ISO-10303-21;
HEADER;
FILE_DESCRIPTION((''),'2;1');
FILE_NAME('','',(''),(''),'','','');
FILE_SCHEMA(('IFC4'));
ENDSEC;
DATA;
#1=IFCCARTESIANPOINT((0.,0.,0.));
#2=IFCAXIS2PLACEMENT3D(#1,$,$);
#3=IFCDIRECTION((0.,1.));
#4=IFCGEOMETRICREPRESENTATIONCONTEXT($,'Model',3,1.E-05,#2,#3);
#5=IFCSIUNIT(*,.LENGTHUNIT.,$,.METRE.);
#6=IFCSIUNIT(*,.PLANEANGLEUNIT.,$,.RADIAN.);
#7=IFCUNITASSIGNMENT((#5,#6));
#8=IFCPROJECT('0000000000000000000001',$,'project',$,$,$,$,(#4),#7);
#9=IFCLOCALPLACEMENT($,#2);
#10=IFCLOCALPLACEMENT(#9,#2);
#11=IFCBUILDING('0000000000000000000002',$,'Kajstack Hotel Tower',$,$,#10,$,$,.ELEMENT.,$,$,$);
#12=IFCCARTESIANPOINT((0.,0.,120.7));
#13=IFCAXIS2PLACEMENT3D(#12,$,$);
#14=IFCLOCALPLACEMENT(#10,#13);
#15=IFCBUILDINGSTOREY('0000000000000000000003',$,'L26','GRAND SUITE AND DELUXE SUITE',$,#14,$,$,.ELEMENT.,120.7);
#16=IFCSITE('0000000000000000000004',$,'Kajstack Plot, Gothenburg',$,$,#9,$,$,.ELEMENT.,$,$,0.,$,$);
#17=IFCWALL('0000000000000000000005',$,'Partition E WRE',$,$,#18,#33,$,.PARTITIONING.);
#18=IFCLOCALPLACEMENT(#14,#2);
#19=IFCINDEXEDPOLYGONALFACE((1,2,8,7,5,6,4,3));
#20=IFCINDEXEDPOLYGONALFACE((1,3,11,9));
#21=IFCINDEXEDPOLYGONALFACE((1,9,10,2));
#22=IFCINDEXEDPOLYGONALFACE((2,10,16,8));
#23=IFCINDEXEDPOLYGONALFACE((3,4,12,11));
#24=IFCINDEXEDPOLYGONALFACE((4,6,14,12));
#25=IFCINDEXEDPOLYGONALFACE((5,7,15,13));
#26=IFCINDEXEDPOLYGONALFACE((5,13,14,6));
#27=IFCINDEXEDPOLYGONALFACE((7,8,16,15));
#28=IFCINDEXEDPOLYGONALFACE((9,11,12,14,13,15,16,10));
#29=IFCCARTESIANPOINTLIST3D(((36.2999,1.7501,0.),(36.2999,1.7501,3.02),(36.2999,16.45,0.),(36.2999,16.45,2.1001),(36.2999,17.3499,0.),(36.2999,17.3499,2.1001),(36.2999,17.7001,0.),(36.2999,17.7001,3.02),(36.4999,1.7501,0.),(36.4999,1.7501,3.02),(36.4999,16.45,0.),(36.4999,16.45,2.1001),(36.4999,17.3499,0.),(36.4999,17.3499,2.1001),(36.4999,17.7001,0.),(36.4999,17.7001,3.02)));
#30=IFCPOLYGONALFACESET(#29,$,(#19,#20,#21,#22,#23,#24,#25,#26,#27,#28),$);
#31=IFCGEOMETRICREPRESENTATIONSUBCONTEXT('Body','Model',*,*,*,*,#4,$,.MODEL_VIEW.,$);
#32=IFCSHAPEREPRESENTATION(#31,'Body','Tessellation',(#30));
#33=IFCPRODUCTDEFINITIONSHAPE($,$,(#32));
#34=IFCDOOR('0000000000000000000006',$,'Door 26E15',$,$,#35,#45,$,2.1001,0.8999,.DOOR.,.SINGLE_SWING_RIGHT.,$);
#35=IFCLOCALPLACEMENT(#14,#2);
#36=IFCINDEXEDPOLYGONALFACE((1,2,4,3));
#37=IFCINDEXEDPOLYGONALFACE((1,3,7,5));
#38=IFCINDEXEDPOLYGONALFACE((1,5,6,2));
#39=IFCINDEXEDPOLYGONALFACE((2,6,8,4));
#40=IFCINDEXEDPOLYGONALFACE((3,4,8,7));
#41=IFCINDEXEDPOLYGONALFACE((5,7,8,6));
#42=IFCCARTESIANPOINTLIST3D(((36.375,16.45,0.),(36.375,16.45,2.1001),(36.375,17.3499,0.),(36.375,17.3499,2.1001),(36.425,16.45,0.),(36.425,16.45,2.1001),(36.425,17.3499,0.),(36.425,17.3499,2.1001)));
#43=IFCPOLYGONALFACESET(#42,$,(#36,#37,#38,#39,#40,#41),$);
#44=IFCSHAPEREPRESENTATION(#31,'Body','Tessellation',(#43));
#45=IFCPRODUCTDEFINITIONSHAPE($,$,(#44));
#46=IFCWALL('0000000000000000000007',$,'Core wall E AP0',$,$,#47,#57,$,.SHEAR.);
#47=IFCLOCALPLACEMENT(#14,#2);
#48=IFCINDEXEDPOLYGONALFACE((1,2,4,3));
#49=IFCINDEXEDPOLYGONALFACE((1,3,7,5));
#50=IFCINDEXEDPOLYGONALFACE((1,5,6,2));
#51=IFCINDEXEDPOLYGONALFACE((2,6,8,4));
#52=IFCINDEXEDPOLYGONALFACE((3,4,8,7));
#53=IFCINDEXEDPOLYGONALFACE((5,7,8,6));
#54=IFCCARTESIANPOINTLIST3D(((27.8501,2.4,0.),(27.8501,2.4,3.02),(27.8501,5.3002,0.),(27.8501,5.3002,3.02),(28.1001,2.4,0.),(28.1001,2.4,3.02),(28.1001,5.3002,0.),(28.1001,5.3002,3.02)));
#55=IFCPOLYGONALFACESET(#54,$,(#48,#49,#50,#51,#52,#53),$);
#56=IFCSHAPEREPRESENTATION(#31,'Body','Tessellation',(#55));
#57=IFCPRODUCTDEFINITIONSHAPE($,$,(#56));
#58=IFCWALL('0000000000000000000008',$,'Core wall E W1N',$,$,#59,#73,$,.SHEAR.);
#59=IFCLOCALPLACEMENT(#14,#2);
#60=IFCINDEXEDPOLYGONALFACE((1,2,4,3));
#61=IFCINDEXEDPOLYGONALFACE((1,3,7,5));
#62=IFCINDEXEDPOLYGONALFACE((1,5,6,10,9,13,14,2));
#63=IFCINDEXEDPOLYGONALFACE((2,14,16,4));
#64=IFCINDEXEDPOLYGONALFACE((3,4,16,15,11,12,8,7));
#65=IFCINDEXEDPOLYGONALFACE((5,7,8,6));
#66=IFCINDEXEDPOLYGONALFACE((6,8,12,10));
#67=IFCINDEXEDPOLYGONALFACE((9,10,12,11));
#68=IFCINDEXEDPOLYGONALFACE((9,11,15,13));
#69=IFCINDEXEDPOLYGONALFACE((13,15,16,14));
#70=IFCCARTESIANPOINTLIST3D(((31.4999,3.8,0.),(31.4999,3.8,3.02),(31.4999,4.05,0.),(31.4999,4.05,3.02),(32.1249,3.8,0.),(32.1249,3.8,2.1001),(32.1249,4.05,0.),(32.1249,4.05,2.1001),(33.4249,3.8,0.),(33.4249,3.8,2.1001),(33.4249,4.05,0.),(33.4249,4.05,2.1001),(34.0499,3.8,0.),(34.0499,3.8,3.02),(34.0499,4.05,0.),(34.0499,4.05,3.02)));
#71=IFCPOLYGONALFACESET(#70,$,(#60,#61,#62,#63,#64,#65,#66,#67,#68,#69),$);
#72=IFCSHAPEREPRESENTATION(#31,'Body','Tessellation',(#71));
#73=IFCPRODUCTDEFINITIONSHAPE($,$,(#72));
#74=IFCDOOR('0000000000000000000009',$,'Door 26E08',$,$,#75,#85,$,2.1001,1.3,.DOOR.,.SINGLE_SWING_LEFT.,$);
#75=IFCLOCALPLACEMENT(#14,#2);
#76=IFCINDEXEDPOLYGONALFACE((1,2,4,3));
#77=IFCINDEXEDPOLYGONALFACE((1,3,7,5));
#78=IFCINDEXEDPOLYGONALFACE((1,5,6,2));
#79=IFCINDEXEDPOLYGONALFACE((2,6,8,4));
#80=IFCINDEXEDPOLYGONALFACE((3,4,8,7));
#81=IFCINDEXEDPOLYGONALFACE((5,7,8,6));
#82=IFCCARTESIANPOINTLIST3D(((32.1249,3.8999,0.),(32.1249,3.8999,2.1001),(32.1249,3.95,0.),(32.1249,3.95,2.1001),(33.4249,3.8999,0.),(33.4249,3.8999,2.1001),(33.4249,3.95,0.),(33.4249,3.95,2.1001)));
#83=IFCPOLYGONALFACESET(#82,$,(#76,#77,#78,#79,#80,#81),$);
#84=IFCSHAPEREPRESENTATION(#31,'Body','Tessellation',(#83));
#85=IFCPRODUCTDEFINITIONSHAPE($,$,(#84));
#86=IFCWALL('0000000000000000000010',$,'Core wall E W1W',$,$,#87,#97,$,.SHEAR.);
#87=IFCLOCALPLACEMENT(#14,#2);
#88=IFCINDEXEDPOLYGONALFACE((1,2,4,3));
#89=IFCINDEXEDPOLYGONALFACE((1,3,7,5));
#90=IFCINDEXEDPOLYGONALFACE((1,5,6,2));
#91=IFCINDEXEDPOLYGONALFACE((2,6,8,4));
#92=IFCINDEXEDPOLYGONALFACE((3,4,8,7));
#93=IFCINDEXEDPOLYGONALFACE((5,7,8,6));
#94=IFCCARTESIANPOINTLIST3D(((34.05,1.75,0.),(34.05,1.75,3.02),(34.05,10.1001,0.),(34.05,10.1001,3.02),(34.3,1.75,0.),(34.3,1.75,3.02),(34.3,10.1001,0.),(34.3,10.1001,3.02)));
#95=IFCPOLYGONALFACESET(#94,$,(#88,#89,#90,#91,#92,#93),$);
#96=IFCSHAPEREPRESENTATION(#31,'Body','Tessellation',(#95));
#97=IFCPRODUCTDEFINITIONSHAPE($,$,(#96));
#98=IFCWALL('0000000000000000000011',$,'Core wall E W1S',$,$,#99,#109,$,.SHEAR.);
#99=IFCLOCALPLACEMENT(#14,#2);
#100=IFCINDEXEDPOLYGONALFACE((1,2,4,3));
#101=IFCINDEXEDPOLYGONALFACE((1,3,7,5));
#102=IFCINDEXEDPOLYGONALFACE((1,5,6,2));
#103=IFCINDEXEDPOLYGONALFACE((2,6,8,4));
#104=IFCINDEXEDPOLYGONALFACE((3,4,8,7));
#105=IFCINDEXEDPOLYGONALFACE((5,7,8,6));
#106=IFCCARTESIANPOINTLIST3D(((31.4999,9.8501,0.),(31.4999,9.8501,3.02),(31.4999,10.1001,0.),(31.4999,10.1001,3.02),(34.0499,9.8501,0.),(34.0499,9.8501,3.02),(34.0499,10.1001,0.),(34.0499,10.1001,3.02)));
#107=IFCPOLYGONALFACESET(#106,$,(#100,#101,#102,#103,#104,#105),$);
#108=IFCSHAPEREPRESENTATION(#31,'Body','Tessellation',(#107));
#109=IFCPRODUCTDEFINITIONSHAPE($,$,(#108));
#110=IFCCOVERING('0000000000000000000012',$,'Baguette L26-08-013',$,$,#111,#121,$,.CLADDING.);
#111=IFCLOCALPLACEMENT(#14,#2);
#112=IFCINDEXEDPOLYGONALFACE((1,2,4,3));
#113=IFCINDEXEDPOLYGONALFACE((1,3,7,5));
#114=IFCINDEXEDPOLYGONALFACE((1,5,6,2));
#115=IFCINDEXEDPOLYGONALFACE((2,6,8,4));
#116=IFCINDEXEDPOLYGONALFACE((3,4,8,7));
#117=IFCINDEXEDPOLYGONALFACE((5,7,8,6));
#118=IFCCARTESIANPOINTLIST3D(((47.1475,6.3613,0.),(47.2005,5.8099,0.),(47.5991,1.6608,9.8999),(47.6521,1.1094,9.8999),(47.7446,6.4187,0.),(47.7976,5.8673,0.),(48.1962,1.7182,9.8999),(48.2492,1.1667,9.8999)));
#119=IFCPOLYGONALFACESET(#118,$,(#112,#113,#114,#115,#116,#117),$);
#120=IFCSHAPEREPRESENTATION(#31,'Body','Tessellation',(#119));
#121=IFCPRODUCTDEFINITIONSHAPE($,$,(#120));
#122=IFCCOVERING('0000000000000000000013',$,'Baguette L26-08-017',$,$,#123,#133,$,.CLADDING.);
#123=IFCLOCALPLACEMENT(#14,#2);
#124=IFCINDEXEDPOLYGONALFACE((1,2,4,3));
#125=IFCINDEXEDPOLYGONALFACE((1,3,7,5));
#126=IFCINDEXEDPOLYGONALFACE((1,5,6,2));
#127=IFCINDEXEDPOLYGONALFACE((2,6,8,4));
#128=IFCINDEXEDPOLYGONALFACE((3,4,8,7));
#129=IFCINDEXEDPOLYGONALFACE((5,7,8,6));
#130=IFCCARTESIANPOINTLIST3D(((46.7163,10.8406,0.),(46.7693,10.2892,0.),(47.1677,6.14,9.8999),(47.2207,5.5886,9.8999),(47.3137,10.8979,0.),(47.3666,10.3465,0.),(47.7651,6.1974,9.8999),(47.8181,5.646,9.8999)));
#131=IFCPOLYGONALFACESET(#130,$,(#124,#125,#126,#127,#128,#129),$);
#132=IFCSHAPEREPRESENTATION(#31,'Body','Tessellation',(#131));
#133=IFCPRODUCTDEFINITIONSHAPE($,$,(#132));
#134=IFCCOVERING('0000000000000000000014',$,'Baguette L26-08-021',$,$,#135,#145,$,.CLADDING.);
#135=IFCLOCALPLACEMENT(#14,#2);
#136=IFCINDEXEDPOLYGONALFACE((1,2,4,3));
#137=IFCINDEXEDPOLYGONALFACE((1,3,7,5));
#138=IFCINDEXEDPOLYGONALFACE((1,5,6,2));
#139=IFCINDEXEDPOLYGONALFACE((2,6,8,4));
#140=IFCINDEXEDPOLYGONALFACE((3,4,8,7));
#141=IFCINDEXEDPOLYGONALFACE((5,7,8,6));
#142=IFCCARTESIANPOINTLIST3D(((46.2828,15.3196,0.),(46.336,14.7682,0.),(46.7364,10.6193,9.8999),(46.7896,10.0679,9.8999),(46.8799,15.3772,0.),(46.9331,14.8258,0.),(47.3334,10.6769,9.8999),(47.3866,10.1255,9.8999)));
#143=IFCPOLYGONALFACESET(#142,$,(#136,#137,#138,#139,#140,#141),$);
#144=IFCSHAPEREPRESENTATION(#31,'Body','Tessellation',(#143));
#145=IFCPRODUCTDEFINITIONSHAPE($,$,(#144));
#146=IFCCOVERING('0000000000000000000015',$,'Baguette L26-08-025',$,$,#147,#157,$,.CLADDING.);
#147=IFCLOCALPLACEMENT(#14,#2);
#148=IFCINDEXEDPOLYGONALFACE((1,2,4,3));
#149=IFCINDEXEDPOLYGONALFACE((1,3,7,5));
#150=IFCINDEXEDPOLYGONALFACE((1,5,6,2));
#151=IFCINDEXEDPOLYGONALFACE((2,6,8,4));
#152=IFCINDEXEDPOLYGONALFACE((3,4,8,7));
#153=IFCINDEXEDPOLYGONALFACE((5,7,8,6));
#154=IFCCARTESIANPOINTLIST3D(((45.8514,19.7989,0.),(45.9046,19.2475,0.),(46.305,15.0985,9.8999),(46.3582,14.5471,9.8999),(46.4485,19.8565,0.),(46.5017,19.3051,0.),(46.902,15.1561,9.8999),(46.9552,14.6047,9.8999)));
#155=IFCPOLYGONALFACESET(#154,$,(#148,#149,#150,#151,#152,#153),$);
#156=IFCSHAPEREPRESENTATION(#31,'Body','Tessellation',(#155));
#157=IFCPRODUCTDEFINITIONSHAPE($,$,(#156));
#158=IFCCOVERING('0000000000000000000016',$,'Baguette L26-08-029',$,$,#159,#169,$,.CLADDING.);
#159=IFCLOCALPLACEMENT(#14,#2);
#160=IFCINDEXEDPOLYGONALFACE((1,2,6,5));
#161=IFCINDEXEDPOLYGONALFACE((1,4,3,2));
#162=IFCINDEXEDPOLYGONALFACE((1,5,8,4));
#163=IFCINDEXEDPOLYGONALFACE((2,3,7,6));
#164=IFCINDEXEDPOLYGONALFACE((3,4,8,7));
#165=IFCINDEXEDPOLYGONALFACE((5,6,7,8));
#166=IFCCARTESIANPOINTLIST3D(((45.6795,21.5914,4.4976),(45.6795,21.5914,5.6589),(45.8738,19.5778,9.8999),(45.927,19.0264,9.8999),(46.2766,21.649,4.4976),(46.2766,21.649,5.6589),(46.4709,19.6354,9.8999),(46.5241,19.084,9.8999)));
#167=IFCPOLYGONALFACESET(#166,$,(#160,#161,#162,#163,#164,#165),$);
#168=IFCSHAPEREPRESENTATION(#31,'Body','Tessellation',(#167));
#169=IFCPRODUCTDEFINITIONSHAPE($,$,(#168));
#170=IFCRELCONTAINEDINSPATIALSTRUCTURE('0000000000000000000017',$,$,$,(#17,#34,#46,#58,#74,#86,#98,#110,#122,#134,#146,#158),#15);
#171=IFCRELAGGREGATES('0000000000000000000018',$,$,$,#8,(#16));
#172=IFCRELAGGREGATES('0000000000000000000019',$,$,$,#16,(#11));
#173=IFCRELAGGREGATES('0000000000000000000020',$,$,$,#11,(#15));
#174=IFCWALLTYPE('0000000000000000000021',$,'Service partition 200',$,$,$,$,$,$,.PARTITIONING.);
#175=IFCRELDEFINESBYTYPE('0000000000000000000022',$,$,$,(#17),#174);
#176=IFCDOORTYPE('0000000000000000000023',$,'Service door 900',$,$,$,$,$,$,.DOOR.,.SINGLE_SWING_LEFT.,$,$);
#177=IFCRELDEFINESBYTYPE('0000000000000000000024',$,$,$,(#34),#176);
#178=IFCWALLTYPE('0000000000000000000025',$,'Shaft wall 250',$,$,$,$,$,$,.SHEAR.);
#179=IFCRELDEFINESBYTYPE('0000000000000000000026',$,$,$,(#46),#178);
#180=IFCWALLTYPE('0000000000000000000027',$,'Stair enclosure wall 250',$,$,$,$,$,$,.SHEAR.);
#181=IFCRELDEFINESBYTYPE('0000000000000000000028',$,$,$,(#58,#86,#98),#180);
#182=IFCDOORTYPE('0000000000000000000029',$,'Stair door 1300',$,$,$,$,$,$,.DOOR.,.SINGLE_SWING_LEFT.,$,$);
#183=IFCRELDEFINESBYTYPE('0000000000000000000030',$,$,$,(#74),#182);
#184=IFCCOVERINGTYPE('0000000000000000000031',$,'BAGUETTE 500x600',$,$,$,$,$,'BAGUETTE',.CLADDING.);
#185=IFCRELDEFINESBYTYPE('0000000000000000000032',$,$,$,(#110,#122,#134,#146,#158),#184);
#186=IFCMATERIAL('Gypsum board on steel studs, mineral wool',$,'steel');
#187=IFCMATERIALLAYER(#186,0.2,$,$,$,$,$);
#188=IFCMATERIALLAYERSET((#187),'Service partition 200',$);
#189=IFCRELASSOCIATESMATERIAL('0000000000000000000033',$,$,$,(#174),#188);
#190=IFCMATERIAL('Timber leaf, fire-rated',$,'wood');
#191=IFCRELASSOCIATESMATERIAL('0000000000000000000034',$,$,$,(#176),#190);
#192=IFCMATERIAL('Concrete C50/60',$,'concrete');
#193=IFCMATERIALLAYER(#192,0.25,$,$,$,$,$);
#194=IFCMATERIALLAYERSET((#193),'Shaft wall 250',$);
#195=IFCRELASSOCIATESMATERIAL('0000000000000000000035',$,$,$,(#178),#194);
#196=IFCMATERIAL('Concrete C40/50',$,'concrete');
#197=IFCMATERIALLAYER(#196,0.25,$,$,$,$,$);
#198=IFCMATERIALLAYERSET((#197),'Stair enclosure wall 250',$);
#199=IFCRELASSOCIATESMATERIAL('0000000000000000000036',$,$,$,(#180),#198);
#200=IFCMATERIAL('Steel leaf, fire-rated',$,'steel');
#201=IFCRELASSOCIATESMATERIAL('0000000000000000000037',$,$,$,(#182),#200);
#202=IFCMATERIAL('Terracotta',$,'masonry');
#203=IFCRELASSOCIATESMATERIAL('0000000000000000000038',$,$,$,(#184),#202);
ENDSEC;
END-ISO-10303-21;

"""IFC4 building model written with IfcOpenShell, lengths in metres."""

from ifc_helpers import new_model, si_unit, direction, frame, frame_2d, origin, origin_2d, place, context, subcontext, project, spatial, polyline, rectangle, outline, extrude, material, layer, layer_set, material_profile, profile_set, type_object, element, fill, save


model = new_model("IFC4")

# Units and contexts
model_context = context("Model", 3, precision=1e-05, world=origin(), true_north=direction((0.0, 1.0)))
body_context = subcontext(model_context, "Body", "Model", "MODEL_VIEW")
ifc_project = project(units=[si_unit("LENGTHUNIT", "METRE"), si_unit("PLANEANGLEUNIT", "RADIAN")], contexts=[model_context])

# Site, building, storey
site_placement = place(None, origin())
site = spatial("IfcSite", under=ifc_project, at=site_placement, Name="Kajstack Plot, Gothenburg", CompositionType="ELEMENT", RefElevation=0.0)
building_placement = place(site_placement, origin())
building = spatial("IfcBuilding", under=site, at=building_placement, Name="Kajstack Hotel Tower", CompositionType="ELEMENT")
storey_placement = place(building_placement, frame((0.0, 0.0, 120.7)))
storey = spatial("IfcBuildingStorey", under=building, at=storey_placement, Name="L26", Description="GRAND SUITE AND DELUXE SUITE", CompositionType="ELEMENT", Elevation=120.7)

# Shared definitions
ifc_material_1 = material(Name="Concrete C40/50", Category="concrete")

# Shared definitions
ifc_material_2 = material(Name="Gypsum board on steel studs, mineral wool", Category="steel")
ifc_layer_1 = layer(ifc_material_2, 0.2)
ifc_layer_set_1 = layer_set([ifc_layer_1], Name="Service partition 200")
wall_type_1 = type_object("IfcWallType", Name="Service partition 200", PredefinedType="PARTITIONING", material=ifc_layer_set_1)
ifc_material_3 = material(Name="Steel leaf, fire-rated", Category="steel")
ifc_material_4 = material(Name="Timber leaf, fire-rated", Category="wood")

# Wall, opening, door
wall_1_placement = place(storey_placement, frame((36.3999, 1.75, 0.0), z_axis=(0.0, 0.0, 1.0), x_axis=(0.0, 1.0, 0.0)))
wall_1 = element("IfcWall", 1, at=wall_1_placement, inside=storey, type_object=wall_type_1, Name="Partition E WRE", PredefinedType="PARTITIONING", context=body_context, shape_type="SweptSolid", body=[
    extrude(rectangle(XDim=15.95, YDim=0.2, at=frame_2d((7.9751, 0.0))), origin(), (0.0, 0.0, 1.0), 3.02),
])
opening_1_placement = place(wall_1_placement, frame((14.7, 0.0, 0.0)))
opening_1 = element("IfcOpeningElement", 2, at=opening_1_placement, cuts=wall_1, PredefinedType="OPENING", context=body_context, shape_type="SweptSolid", body=[
    extrude(rectangle(XDim=0.8999, YDim=2.1001, at=frame_2d((0.45, 1.05))), frame((0.0, 0.1099, 0.0), z_axis=(0.0, -1.0, 0.0), x_axis=(1.0, 0.0, 0.0)), (0.0, 0.0, 1.0), 0.22),
])
door_type_1 = type_object("IfcDoorType", Name="Service door 900", OperationType="SINGLE_SWING_LEFT", PredefinedType="DOOR", material=ifc_material_4)
door_1_placement = place(opening_1_placement, origin())
door_1 = element("IfcDoor", 3, at=door_1_placement, inside=storey, type_object=door_type_1, Name="Door 26E15", OperationType="SINGLE_SWING_RIGHT", OverallHeight=2.1001, OverallWidth=0.8999, PredefinedType="DOOR", context=body_context, shape_type="SweptSolid", body=[
    extrude(rectangle(XDim=0.8999, YDim=2.1001, at=frame_2d((0.45, 1.05))), frame((0.0, 0.0249, 0.0), z_axis=(0.0, -1.0, 0.0), x_axis=(1.0, 0.0, 0.0)), (0.0, 0.0, 1.0), 0.05),
])
fill(opening_1, door_1)

# Wall
ifc_material_5 = material(Name="Concrete C50/60", Category="concrete")
ifc_layer_2 = layer(ifc_material_5, 0.25)
ifc_layer_set_2 = layer_set([ifc_layer_2], Name="Shaft wall 250")
wall_type_2 = type_object("IfcWallType", Name="Shaft wall 250", PredefinedType="SHEAR", material=ifc_layer_set_2)
wall_2_placement = place(storey_placement, frame((27.9751, 2.3999, 0.0), z_axis=(0.0, 0.0, 1.0), x_axis=(0.0, 1.0, 0.0)))
element("IfcWall", 4, at=wall_2_placement, inside=storey, type_object=wall_type_2, Name="Core wall E AP0", PredefinedType="SHEAR", context=body_context, shape_type="SweptSolid", body=[
    extrude(rectangle(XDim=2.9001, YDim=0.25, at=frame_2d((1.4502, 0.0))), origin(), (0.0, 0.0, 1.0), 3.02),
])

# Wall, opening, door
ifc_layer_3 = layer(ifc_material_1, 0.25)
ifc_layer_set_3 = layer_set([ifc_layer_3], Name="Stair enclosure wall 250")
wall_type_3 = type_object("IfcWallType", Name="Stair enclosure wall 250", PredefinedType="SHEAR", material=ifc_layer_set_3)
wall_3_placement = place(storey_placement, frame((31.5, 3.925, 0.0), z_axis=(0.0, 0.0, 1.0), x_axis=(1.0, 0.0, 0.0)))
wall_3 = element("IfcWall", 5, at=wall_3_placement, inside=storey, type_object=wall_type_3, Name="Core wall E W1N", PredefinedType="SHEAR", context=body_context, shape_type="SweptSolid", body=[
    extrude(rectangle(XDim=2.55, YDim=0.25, at=frame_2d((1.2749, 0.0))), origin(), (0.0, 0.0, 1.0), 3.02),
])
opening_2_placement = place(wall_3_placement, frame((0.625, 0.0, 0.0)))
opening_2 = element("IfcOpeningElement", 6, at=opening_2_placement, cuts=wall_3, PredefinedType="OPENING", context=body_context, shape_type="SweptSolid", body=[
    extrude(rectangle(XDim=1.3, YDim=2.1001, at=frame_2d((0.6499, 1.05))), frame((0.0, 0.135, 0.0), z_axis=(0.0, -1.0, 0.0), x_axis=(1.0, 0.0, 0.0)), (0.0, 0.0, 1.0), 0.27),
])
door_type_2 = type_object("IfcDoorType", Name="Stair door 1300", OperationType="SINGLE_SWING_LEFT", PredefinedType="DOOR", material=ifc_material_3)
door_2_placement = place(opening_2_placement, origin())
door_2 = element("IfcDoor", 7, at=door_2_placement, inside=storey, type_object=door_type_2, Name="Door 26E08", OperationType="SINGLE_SWING_LEFT", OverallHeight=2.1001, OverallWidth=1.3, PredefinedType="DOOR", context=body_context, shape_type="SweptSolid", body=[
    extrude(rectangle(XDim=1.3, YDim=2.1001, at=frame_2d((0.6499, 1.05))), frame((0.0, 0.0249, 0.0), z_axis=(0.0, -1.0, 0.0), x_axis=(1.0, 0.0, 0.0)), (0.0, 0.0, 1.0), 0.05),
])
fill(opening_2, door_2)

# Walls
wall_4_placement = place(storey_placement, frame((34.175, 1.75, 0.0), z_axis=(0.0, 0.0, 1.0), x_axis=(0.0, 1.0, 0.0)))
element("IfcWall", 8, at=wall_4_placement, inside=storey, type_object=wall_type_3, Name="Core wall E W1W", PredefinedType="SHEAR", context=body_context, shape_type="SweptSolid", body=[
    extrude(rectangle(XDim=8.3501, YDim=0.25, at=frame_2d((4.175, 0.0))), origin(), (0.0, 0.0, 1.0), 3.02),
])
wall_5_placement = place(storey_placement, frame((31.5, 9.9751, 0.0), z_axis=(0.0, 0.0, 1.0), x_axis=(1.0, 0.0, 0.0)))
element("IfcWall", 9, at=wall_5_placement, inside=storey, type_object=wall_type_3, Name="Core wall E W1S", PredefinedType="SHEAR", context=body_context, shape_type="SweptSolid", body=[
    extrude(rectangle(XDim=2.55, YDim=0.25, at=frame_2d((1.2749, 0.0))), origin(), (0.0, 0.0, 1.0), 3.02),
])

# Coverings
ifc_material_6 = material(Name="Terracotta", Category="masonry")
ifc_material_profile = material_profile(ifc_material_6, rectangle(XDim=0.6001, YDim=0.5, at=origin_2d()), Name="Terracotta-clad concrete baguette 500 x 600")
ifc_profile_set = profile_set([ifc_material_profile], Name="Terracotta")
covering_type = type_object("IfcCoveringType", Name="BAGUETTE 500x600", ElementType="BAGUETTE", PredefinedType="CLADDING", material=ifc_profile_set)
covering_1_placement = place(storey_placement, frame((47.6521, 1.1094, 0.0), z_axis=(0.995416, 0.095635, 0.0), x_axis=(-0.095635, 0.995416, 0.0)))
element("IfcCovering", 10, at=covering_1_placement, inside=storey, type_object=covering_type, Name="Baguette L26-08-013", PredefinedType="CLADDING", context=body_context, shape_type="SweptSolid", body=[
    extrude(outline(polyline([(0.0, 9.8999), (4.7222, 0.0), (5.2761, 0.0), (0.554, 9.8999), (0.0, 9.8999)])), origin(), (0.0, 0.0, 1.0), 0.5999),
])
covering_2_placement = place(storey_placement, frame((47.2207, 5.5886, 0.0), z_axis=(0.99542, 0.095596, 0.0), x_axis=(-0.095596, 0.99542, 0.0)))
element("IfcCovering", 11, at=covering_2_placement, inside=storey, type_object=covering_type, Name="Baguette L26-08-017", PredefinedType="CLADDING", context=body_context, shape_type="SweptSolid", body=[
    extrude(outline(polyline([(0.0, 9.8999), (4.7222, 0.0), (5.2761, 0.0), (0.554, 9.8999), (0.0, 9.8999)])), origin(), (0.0, 0.0, 1.0), 0.6001),
])
for number, where, z_axis, x_axis, name in (
    (12, (46.7896, 10.0679, 0.0), (0.995378, 0.096038, 0.0), (-0.096038, 0.995378, 0.0), "Baguette L26-08-021"),
    (13, (46.3582, 14.5471, 0.0), (0.995378, 0.096038, 0.0), (-0.096038, 0.995378, 0.0), "Baguette L26-08-025"),
):
    element("IfcCovering", number, at=place(storey_placement, frame(where, z_axis=z_axis, x_axis=x_axis)), inside=storey, type_object=covering_type, Name=name, PredefinedType="CLADDING", context=body_context, shape_type="SweptSolid", body=[
        extrude(outline(polyline([(0.0, 9.8999), (4.7222, 0.0), (5.2761, 0.0), (0.554, 9.8999), (0.0, 9.8999)])), origin(), (0.0, 0.0, 1.0), 0.5999),
    ])
covering_3_placement = place(storey_placement, frame((45.927, 19.0264, 0.0), z_axis=(0.995378, 0.096038, 0.0), x_axis=(-0.096038, 0.995378, 0.0)))
element("IfcCovering", 14, at=covering_3_placement, inside=storey, type_object=covering_type, Name="Baguette L26-08-029", PredefinedType="CLADDING", context=body_context, shape_type="SweptSolid", body=[
    extrude(outline(polyline([(0.0, 9.8999), (2.5769, 4.4976), (2.5769, 5.6589), (0.554, 9.8999), (0.0, 9.8999)])), origin(), (0.0, 0.0, 1.0), 0.5999),
])

save(model, "model.ifc")
